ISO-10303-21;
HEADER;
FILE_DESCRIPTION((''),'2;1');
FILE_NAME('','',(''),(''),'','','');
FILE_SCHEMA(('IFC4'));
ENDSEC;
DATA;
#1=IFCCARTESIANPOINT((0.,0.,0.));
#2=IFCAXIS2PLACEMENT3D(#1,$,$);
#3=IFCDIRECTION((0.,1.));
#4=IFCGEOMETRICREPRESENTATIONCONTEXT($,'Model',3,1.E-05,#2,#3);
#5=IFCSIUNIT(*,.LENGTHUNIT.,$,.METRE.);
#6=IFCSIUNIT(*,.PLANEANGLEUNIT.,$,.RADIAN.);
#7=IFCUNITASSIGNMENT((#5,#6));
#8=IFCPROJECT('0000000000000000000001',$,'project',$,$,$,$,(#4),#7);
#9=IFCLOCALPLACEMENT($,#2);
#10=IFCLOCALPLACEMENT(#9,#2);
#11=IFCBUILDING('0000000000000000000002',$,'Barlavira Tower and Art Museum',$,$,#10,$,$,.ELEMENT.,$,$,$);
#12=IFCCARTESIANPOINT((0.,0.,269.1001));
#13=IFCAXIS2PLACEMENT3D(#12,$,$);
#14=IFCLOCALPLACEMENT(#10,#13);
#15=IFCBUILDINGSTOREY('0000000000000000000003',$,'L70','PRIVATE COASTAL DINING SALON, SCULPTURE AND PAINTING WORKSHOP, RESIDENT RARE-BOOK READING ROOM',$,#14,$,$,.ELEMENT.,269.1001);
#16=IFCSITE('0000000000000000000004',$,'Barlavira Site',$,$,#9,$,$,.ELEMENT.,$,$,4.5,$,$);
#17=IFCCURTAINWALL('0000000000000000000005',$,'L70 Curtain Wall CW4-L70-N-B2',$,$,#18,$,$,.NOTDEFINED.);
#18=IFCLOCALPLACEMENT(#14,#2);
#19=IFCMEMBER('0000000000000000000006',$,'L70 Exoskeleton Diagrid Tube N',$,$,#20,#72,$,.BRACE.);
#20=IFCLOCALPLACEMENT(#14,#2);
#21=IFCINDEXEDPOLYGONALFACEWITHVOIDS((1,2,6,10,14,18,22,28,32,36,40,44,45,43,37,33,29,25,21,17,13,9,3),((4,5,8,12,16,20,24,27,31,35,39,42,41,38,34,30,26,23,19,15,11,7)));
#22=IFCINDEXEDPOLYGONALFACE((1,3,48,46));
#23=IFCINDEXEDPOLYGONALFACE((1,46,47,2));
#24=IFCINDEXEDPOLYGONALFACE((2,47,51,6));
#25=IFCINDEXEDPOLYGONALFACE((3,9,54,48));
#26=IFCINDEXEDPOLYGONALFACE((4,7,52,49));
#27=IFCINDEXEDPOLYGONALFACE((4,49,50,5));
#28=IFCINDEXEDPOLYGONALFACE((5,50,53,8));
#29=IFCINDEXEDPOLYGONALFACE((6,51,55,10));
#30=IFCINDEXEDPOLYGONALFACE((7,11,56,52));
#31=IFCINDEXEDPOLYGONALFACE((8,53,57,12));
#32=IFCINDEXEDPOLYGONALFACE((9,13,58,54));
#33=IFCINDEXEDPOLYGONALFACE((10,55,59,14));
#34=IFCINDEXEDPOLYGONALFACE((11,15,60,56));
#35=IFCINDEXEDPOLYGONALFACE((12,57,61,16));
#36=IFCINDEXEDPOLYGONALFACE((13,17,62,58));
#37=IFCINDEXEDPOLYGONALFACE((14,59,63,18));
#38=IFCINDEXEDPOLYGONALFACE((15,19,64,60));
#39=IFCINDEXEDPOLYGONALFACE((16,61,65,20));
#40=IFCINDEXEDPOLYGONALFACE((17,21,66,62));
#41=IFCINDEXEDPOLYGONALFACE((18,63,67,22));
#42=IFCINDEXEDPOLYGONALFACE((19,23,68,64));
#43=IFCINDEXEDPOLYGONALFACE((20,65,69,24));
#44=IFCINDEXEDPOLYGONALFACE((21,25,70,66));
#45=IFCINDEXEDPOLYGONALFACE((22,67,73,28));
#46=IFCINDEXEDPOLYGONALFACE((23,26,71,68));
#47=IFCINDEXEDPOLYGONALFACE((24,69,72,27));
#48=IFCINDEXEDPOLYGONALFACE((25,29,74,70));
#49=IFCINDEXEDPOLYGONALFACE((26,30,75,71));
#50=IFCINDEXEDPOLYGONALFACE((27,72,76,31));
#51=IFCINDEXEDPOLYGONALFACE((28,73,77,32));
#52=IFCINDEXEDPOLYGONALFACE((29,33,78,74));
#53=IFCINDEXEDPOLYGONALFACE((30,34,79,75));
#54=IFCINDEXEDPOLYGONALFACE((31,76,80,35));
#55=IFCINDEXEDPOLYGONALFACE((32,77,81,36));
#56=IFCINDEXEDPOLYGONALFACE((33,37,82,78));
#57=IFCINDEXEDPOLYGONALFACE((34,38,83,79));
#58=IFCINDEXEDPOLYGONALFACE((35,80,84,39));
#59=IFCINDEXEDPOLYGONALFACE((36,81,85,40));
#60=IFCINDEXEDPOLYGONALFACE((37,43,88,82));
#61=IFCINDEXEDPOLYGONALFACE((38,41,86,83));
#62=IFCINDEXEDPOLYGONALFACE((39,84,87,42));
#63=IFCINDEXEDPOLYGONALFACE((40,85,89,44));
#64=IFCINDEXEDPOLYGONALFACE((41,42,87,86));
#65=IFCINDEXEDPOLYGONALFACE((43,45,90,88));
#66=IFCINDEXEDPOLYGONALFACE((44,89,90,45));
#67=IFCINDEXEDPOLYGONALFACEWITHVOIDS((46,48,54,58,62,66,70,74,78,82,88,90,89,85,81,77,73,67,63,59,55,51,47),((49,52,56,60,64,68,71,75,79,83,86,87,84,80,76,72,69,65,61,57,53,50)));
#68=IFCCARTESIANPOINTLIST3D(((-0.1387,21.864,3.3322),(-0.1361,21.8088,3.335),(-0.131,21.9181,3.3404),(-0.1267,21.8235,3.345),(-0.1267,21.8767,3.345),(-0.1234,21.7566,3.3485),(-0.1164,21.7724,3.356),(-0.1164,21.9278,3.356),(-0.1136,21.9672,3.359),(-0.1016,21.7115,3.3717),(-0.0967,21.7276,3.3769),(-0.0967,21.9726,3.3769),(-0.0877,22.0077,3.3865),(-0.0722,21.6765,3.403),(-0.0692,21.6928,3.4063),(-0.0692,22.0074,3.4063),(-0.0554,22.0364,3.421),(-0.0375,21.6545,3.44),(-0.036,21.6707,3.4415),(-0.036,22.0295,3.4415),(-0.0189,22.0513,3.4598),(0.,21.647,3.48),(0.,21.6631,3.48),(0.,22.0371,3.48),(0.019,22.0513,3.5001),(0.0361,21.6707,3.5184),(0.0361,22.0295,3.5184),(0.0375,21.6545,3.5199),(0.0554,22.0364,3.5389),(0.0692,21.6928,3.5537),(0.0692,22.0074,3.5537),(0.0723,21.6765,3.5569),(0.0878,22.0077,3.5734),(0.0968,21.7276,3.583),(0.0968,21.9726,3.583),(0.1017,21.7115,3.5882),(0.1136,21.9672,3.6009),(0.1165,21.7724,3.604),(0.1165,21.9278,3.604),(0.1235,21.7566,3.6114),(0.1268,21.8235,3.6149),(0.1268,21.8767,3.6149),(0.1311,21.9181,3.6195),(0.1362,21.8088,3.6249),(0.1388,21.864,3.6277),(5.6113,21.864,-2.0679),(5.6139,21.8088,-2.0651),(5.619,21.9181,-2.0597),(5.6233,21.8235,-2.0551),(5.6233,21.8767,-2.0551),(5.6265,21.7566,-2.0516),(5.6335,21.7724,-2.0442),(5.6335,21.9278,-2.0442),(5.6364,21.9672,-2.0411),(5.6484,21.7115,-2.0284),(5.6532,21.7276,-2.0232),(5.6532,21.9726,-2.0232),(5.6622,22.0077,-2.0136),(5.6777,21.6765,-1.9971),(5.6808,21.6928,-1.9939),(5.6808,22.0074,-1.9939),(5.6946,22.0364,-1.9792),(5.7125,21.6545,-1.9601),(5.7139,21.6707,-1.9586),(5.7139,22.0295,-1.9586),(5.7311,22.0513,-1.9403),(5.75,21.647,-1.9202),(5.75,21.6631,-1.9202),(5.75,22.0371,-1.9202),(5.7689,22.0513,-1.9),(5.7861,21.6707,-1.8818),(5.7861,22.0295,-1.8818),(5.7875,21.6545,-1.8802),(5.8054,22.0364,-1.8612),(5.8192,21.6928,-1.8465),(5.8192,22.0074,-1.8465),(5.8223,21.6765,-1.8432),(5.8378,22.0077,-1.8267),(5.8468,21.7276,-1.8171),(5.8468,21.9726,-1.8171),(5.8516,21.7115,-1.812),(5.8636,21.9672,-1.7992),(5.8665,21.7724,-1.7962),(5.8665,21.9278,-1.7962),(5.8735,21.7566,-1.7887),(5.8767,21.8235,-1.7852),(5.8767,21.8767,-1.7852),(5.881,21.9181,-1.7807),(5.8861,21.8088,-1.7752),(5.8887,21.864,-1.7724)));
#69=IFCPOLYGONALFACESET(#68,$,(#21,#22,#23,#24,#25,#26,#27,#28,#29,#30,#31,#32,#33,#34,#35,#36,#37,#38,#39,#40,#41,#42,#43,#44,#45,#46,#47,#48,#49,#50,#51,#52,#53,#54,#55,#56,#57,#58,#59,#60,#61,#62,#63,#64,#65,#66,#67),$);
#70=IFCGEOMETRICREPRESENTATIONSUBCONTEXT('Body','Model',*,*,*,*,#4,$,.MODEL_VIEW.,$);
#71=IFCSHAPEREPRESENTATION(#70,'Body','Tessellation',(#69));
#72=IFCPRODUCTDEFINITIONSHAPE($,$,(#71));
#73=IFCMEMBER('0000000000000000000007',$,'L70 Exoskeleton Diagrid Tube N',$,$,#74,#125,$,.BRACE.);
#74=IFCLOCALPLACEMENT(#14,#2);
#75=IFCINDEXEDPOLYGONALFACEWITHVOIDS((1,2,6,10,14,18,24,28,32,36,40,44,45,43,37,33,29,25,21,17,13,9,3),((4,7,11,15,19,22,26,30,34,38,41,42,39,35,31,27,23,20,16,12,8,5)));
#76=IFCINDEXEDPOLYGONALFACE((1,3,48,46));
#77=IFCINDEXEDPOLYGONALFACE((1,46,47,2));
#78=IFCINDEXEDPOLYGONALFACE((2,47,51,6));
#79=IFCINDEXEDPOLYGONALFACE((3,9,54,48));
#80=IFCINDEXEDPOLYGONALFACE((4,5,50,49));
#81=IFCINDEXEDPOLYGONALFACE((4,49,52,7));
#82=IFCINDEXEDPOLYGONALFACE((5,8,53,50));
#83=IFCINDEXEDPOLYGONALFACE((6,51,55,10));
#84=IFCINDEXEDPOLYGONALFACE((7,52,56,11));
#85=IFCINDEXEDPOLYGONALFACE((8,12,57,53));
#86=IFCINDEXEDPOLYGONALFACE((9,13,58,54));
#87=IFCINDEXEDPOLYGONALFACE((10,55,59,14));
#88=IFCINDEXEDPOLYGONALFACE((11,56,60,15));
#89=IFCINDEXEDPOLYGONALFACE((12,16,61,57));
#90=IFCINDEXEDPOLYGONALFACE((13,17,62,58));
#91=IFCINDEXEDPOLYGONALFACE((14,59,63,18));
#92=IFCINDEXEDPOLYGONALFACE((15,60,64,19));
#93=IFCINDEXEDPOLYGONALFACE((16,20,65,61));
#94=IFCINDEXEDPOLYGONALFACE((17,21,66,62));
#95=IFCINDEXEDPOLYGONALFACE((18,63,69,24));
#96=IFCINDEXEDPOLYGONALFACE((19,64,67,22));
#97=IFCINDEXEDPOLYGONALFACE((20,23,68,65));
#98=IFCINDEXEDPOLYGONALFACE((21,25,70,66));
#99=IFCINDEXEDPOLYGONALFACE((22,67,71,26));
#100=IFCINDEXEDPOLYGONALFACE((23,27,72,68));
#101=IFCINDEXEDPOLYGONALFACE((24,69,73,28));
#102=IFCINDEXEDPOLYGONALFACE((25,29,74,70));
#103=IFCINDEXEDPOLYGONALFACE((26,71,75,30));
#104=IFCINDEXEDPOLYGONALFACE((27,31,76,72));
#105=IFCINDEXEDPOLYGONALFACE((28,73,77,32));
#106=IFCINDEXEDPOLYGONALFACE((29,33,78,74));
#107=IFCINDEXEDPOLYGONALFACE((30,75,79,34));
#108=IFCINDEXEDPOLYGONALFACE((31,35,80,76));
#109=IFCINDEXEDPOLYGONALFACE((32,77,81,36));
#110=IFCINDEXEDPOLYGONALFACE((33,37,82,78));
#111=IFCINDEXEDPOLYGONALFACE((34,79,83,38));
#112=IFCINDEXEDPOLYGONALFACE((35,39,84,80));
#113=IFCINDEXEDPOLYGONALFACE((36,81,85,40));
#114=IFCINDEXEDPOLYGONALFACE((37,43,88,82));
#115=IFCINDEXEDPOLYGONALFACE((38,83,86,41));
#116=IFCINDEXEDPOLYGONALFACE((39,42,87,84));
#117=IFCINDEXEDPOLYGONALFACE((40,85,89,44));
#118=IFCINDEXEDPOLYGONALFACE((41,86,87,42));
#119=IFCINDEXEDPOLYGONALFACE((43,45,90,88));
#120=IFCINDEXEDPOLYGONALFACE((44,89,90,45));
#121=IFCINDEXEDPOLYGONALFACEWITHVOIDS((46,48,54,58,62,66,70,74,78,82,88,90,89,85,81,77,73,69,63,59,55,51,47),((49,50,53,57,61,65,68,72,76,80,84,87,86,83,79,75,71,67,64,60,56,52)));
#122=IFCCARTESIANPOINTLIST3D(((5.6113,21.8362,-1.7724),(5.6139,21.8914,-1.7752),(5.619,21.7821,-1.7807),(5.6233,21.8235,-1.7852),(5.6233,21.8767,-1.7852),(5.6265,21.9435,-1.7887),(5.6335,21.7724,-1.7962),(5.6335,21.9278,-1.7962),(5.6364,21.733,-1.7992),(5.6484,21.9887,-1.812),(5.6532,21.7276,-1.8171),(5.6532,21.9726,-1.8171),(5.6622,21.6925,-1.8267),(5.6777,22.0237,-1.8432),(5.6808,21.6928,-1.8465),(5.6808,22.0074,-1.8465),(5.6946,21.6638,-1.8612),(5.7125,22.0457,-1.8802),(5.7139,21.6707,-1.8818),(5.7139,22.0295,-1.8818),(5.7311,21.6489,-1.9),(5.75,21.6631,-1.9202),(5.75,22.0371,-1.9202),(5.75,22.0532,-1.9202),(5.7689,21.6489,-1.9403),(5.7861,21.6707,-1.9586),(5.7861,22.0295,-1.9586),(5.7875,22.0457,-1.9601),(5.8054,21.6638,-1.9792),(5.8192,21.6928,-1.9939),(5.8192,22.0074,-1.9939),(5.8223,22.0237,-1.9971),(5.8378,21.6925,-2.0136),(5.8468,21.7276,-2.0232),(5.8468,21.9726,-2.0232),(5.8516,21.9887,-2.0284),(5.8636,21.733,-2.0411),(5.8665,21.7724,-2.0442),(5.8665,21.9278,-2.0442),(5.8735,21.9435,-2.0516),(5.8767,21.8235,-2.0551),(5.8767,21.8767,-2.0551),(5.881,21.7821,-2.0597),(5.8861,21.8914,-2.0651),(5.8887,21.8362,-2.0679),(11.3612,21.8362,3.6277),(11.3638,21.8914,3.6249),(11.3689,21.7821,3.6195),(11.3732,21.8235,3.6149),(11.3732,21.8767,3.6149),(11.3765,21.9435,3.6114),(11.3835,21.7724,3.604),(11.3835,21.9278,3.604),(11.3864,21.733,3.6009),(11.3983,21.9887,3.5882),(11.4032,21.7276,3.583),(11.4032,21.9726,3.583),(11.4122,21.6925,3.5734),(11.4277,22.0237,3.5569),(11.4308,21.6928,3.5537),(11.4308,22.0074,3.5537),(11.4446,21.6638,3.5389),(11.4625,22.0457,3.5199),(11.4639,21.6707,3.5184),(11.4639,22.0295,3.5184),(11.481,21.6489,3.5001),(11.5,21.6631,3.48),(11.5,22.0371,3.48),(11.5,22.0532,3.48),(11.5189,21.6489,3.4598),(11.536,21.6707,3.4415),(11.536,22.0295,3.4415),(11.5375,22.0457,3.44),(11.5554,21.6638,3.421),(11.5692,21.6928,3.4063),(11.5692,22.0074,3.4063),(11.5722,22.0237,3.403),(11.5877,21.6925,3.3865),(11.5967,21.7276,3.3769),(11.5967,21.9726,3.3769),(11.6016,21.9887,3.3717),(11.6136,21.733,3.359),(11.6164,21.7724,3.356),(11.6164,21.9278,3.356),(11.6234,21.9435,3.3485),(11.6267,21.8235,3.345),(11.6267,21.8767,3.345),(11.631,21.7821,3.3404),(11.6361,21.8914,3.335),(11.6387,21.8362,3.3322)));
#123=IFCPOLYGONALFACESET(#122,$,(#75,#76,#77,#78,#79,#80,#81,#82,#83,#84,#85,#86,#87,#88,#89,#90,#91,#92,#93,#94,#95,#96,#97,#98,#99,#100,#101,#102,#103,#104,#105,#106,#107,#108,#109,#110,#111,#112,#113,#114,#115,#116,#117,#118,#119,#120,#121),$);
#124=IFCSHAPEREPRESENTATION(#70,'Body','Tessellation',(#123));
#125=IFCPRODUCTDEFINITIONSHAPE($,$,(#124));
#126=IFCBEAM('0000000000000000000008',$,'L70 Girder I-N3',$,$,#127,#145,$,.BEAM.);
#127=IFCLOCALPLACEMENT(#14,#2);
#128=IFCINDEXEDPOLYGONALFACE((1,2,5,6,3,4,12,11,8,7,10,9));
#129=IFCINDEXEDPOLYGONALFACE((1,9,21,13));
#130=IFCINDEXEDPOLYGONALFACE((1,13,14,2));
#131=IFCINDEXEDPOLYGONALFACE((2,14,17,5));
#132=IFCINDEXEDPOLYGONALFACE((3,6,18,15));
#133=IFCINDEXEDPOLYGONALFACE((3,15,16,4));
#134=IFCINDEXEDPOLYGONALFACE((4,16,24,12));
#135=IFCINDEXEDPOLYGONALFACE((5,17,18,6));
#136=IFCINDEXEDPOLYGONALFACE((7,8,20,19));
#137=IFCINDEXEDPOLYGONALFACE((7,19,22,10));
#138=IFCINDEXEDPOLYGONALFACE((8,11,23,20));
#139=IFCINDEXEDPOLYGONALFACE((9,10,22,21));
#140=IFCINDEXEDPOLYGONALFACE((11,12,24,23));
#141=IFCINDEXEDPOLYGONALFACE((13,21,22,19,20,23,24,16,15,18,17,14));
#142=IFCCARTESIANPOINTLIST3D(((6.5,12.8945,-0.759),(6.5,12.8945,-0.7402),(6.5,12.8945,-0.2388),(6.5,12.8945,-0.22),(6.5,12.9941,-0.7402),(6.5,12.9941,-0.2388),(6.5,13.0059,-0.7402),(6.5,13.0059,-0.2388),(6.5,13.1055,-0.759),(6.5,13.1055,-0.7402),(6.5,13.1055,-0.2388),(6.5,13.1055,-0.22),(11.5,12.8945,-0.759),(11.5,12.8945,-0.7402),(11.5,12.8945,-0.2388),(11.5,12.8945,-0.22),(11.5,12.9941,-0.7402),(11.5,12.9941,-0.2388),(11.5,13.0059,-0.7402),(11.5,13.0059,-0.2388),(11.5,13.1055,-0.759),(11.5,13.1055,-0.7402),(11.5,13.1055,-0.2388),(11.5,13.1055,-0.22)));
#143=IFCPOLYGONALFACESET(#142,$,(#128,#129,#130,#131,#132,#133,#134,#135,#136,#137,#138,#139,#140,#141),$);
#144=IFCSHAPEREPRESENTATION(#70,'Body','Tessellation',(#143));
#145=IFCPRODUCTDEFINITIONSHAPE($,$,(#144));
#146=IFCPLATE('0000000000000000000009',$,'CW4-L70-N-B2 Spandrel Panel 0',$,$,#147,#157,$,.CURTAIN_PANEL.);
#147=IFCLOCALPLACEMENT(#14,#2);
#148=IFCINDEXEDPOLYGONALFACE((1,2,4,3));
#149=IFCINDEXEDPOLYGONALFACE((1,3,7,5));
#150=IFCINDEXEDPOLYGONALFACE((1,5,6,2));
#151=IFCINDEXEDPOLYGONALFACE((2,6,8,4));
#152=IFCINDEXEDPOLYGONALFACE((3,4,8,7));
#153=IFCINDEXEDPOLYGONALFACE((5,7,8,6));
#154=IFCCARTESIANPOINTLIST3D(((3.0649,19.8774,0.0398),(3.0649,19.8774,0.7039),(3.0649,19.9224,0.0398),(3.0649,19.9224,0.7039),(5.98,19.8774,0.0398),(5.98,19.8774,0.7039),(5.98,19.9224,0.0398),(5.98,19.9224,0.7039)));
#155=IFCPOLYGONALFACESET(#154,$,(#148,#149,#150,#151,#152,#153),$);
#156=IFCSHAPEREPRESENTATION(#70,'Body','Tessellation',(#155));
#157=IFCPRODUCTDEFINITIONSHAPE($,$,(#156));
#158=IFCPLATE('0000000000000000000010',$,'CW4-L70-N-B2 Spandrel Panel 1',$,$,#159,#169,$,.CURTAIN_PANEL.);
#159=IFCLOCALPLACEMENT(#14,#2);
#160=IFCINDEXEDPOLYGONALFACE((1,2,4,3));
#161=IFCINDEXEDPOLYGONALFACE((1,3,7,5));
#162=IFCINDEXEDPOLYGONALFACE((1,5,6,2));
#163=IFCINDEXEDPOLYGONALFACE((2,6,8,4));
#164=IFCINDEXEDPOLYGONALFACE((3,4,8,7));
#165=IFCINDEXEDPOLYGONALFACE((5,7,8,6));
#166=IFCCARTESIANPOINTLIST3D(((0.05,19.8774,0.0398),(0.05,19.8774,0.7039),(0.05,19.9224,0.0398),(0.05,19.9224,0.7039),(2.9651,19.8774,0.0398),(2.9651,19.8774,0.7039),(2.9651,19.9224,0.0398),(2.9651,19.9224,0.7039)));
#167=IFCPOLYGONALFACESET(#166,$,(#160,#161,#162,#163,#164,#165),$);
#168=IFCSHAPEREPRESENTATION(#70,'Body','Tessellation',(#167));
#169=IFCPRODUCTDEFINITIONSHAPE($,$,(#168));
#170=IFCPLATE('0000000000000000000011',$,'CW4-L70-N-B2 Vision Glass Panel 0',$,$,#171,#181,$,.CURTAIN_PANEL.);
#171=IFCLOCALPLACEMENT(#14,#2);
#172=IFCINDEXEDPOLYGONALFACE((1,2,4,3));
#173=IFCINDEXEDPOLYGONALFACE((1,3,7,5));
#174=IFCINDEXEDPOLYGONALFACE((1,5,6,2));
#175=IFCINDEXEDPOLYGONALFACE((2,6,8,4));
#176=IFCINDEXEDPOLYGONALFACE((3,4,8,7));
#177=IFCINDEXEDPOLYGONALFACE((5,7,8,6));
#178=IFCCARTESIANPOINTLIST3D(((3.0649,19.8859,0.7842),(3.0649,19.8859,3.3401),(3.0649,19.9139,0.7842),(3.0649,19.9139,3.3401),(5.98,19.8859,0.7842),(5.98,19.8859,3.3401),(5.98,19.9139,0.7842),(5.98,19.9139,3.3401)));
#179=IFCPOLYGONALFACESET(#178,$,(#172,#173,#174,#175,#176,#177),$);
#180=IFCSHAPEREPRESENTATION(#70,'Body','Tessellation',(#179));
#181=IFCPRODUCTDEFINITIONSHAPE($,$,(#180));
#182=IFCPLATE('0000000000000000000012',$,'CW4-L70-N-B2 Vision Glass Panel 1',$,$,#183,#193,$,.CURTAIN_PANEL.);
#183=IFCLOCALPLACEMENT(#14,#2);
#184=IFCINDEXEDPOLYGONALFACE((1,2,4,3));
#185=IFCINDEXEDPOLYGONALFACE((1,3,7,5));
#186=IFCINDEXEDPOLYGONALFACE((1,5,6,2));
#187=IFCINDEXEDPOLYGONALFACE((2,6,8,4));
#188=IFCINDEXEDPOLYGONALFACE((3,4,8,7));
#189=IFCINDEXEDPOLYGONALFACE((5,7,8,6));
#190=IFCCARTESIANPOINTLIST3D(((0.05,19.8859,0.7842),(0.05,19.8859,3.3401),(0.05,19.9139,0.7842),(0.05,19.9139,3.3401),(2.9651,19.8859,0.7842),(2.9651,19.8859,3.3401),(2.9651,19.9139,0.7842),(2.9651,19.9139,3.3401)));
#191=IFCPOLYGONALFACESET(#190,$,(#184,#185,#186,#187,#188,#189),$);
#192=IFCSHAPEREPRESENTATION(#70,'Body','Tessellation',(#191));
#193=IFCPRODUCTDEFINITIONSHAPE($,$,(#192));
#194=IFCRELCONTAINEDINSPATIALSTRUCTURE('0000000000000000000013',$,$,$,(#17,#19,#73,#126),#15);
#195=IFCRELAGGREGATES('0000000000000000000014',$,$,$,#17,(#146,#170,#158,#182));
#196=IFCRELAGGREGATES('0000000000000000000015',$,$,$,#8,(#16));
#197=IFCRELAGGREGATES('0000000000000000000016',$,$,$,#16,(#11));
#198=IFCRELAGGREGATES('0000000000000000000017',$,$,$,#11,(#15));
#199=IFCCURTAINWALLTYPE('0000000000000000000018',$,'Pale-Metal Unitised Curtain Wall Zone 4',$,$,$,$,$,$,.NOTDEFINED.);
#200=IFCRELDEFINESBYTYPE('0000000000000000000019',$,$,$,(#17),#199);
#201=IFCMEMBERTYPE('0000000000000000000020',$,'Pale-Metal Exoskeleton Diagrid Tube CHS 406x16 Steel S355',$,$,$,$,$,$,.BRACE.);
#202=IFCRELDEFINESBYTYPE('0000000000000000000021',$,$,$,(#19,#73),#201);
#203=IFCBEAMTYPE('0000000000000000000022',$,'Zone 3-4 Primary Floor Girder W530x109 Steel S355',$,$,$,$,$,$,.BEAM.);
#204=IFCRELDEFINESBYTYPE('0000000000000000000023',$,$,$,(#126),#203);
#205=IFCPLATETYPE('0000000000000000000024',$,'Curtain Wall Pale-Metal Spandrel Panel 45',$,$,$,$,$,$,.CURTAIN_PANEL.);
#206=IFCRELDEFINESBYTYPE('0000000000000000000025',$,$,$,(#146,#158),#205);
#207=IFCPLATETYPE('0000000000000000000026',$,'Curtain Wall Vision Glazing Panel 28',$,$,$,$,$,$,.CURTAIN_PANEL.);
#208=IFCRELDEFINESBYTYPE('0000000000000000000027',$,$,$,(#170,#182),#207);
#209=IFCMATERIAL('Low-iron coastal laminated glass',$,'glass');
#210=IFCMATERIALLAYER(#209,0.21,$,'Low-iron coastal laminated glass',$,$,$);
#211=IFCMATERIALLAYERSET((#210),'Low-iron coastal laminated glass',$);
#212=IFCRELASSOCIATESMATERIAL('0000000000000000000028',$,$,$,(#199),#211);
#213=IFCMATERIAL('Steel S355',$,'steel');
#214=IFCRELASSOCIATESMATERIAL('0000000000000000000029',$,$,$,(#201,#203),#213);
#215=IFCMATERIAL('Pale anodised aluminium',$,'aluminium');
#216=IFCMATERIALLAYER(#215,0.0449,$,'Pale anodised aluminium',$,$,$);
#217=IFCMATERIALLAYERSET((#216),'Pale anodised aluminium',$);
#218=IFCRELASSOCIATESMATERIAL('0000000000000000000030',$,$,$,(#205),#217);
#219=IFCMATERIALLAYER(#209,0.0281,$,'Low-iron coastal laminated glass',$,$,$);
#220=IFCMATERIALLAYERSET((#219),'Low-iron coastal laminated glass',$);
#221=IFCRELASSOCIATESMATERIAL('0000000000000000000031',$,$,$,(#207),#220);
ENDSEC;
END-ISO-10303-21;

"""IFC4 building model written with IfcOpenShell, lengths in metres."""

from ifc_helpers import new_model, si_unit, direction, frame, origin, origin_2d, place, context, subcontext, project, spatial, rectangle, hollow_circle, i_section, extrude, material, layer, layer_set, material_profile, profile_set, type_object, element, aggregate, save


model = new_model("IFC4")

# Units and contexts
model_context = context("Model", 3, precision=1e-05, world=origin(), true_north=direction((0.0, 1.0)))
body_context = subcontext(model_context, "Body", "Model", "MODEL_VIEW")
ifc_project = project(units=[si_unit("LENGTHUNIT", "METRE"), si_unit("PLANEANGLEUNIT", "RADIAN")], contexts=[model_context])

# Site, building, storey
site_placement = place(None, origin())
site = spatial("IfcSite", under=ifc_project, at=site_placement, Name="Barlavira Site", CompositionType="ELEMENT", RefElevation=4.5)
building_placement = place(site_placement, origin())
building = spatial("IfcBuilding", under=site, at=building_placement, Name="Barlavira Tower and Art Museum", CompositionType="ELEMENT")
storey_placement = place(building_placement, frame((0.0, 0.0, 269.1001)))
storey = spatial("IfcBuildingStorey", under=building, at=storey_placement, Name="L70", Description="PRIVATE COASTAL DINING SALON, SCULPTURE AND PAINTING WORKSHOP, RESIDENT RARE-BOOK READING ROOM", CompositionType="ELEMENT", Elevation=269.1001)

# Curtain wall
ifc_material_1 = material(Name="Low-iron coastal laminated glass", Category="glass")
ifc_layer_1 = layer(ifc_material_1, 0.21, Name="Low-iron coastal laminated glass")
ifc_layer_set_1 = layer_set([ifc_layer_1], Name="Low-iron coastal laminated glass")
curtain_wall_type = type_object("IfcCurtainWallType", Name="Pale-Metal Unitised Curtain Wall Zone 4", PredefinedType="NOTDEFINED", material=ifc_layer_set_1)
curtain_wall_placement = place(storey_placement, origin())
curtain_wall = element("IfcCurtainWall", 1, at=curtain_wall_placement, inside=storey, type_object=curtain_wall_type, Name="L70 Curtain Wall CW4-L70-N-B2", PredefinedType="NOTDEFINED")
ifc_material_2 = material(Name="Pale anodised aluminium", Category="aluminium")

# Members
ifc_material_3 = material(Name="Steel S355", Category="steel")
ifc_material_profile_1 = material_profile(ifc_material_3, hollow_circle(Radius=0.2031, WallThickness=0.0161, at=origin_2d()), Name="CHS 406.4x16.0")
ifc_profile_set_1 = profile_set([ifc_material_profile_1], Name="Steel S355")
member_type_1 = type_object("IfcMemberType", Name="Pale-Metal Exoskeleton Diagrid Tube CHS 406x16 Steel S355", PredefinedType="BRACE", material=ifc_profile_set_1)
for number, where, z_axis, x_axis, name in (
    (2, (5.75, 21.8501, -1.9202), (-0.728935, 0.0, 0.684583), (0.0, -1.0, 0.0), "L70 Exoskeleton Diagrid Tube N"),
    (3, (5.75, 21.8501, -1.9202), (0.728935, 0.0, 0.684583), (0.0, 1.0, 0.0), "L70 Exoskeleton Diagrid Tube N"),
):
    element("IfcMember", number, at=place(storey_placement, frame(where, z_axis=z_axis, x_axis=x_axis)), inside=storey, type_object=member_type_1, Name=name, PredefinedType="BRACE", context=body_context, shape_type="SweptSolid", body=[
        extrude(hollow_circle(Radius=0.2031, WallThickness=0.0161, at=origin_2d()), origin(), (0.0, 0.0, 1.0), 7.8882),
    ])

# Beam
ifc_material_profile_2 = material_profile(ifc_material_3, i_section(OverallWidth=0.2109, OverallDepth=0.5391, WebThickness=0.0117, FlangeThickness=0.0188, at=origin_2d()), Name="W530x109.0")
ifc_profile_set_2 = profile_set([ifc_material_profile_2], Name="Steel S355")
beam_type = type_object("IfcBeamType", Name="Zone 3-4 Primary Floor Girder W530x109 Steel S355", PredefinedType="BEAM", material=ifc_profile_set_2)
beam_placement = place(storey_placement, frame((6.5, 13.0, -0.4895), z_axis=(1.0, 0.0, 0.0), x_axis=(0.0, 1.0, 0.0)))
element("IfcBeam", 4, at=beam_placement, inside=storey, type_object=beam_type, Name="L70 Girder I-N3", PredefinedType="BEAM", context=body_context, shape_type="SweptSolid", body=[
    extrude(i_section(OverallWidth=0.2109, OverallDepth=0.5391, WebThickness=0.0117, FlangeThickness=0.0188, at=origin_2d()), origin(), (0.0, 0.0, 1.0), 5.0),
])

# Plates
ifc_layer_2 = layer(ifc_material_2, 0.0449, Name="Pale anodised aluminium")
ifc_layer_set_2 = layer_set([ifc_layer_2], Name="Pale anodised aluminium")
plate_type_1 = type_object("IfcPlateType", Name="Curtain Wall Pale-Metal Spandrel Panel 45", PredefinedType="CURTAIN_PANEL", material=ifc_layer_set_2)
plate_1_placement = place(storey_placement, frame((4.5225, 19.8999, 0.0398), z_axis=(0.0, 0.0, 1.0), x_axis=(-1.0, 0.0, 0.0)))
plate_1 = element("IfcPlate", 5, at=plate_1_placement, type_object=plate_type_1, Name="CW4-L70-N-B2 Spandrel Panel 0", PredefinedType="CURTAIN_PANEL", context=body_context, shape_type="SweptSolid", body=[
    extrude(rectangle(XDim=2.915, YDim=0.0449, at=origin_2d()), origin(), (0.0, 0.0, 1.0), 0.6641),
])
plate_2_placement = place(storey_placement, frame((1.5076, 19.8999, 0.0398), z_axis=(0.0, 0.0, 1.0), x_axis=(-1.0, 0.0, 0.0)))
plate_2 = element("IfcPlate", 6, at=plate_2_placement, type_object=plate_type_1, Name="CW4-L70-N-B2 Spandrel Panel 1", PredefinedType="CURTAIN_PANEL", context=body_context, shape_type="SweptSolid", body=[
    extrude(rectangle(XDim=2.915, YDim=0.0449, at=origin_2d()), origin(), (0.0, 0.0, 1.0), 0.6641),
])
ifc_layer_3 = layer(ifc_material_1, 0.0281, Name="Low-iron coastal laminated glass")
ifc_layer_set_3 = layer_set([ifc_layer_3], Name="Low-iron coastal laminated glass")
plate_type_2 = type_object("IfcPlateType", Name="Curtain Wall Vision Glazing Panel 28", PredefinedType="CURTAIN_PANEL", material=ifc_layer_set_3)
plate_3_placement = place(storey_placement, frame((4.5225, 19.8999, 0.7842), z_axis=(0.0, 0.0, 1.0), x_axis=(-1.0, 0.0, 0.0)))
plate_3 = element("IfcPlate", 7, at=plate_3_placement, type_object=plate_type_2, Name="CW4-L70-N-B2 Vision Glass Panel 0", PredefinedType="CURTAIN_PANEL", context=body_context, shape_type="SweptSolid", body=[
    extrude(rectangle(XDim=2.915, YDim=0.0281, at=origin_2d()), origin(), (0.0, 0.0, 1.0), 2.5559),
])
plate_4_placement = place(storey_placement, frame((1.5076, 19.8999, 0.7842), z_axis=(0.0, 0.0, 1.0), x_axis=(-1.0, 0.0, 0.0)))
plate_4 = element("IfcPlate", 8, at=plate_4_placement, type_object=plate_type_2, Name="CW4-L70-N-B2 Vision Glass Panel 1", PredefinedType="CURTAIN_PANEL", context=body_context, shape_type="SweptSolid", body=[
    extrude(rectangle(XDim=2.915, YDim=0.0281, at=origin_2d()), origin(), (0.0, 0.0, 1.0), 2.5559),
])
aggregate(curtain_wall, [plate_1, plate_3, plate_2, plate_4])

save(model, "model.ifc")
